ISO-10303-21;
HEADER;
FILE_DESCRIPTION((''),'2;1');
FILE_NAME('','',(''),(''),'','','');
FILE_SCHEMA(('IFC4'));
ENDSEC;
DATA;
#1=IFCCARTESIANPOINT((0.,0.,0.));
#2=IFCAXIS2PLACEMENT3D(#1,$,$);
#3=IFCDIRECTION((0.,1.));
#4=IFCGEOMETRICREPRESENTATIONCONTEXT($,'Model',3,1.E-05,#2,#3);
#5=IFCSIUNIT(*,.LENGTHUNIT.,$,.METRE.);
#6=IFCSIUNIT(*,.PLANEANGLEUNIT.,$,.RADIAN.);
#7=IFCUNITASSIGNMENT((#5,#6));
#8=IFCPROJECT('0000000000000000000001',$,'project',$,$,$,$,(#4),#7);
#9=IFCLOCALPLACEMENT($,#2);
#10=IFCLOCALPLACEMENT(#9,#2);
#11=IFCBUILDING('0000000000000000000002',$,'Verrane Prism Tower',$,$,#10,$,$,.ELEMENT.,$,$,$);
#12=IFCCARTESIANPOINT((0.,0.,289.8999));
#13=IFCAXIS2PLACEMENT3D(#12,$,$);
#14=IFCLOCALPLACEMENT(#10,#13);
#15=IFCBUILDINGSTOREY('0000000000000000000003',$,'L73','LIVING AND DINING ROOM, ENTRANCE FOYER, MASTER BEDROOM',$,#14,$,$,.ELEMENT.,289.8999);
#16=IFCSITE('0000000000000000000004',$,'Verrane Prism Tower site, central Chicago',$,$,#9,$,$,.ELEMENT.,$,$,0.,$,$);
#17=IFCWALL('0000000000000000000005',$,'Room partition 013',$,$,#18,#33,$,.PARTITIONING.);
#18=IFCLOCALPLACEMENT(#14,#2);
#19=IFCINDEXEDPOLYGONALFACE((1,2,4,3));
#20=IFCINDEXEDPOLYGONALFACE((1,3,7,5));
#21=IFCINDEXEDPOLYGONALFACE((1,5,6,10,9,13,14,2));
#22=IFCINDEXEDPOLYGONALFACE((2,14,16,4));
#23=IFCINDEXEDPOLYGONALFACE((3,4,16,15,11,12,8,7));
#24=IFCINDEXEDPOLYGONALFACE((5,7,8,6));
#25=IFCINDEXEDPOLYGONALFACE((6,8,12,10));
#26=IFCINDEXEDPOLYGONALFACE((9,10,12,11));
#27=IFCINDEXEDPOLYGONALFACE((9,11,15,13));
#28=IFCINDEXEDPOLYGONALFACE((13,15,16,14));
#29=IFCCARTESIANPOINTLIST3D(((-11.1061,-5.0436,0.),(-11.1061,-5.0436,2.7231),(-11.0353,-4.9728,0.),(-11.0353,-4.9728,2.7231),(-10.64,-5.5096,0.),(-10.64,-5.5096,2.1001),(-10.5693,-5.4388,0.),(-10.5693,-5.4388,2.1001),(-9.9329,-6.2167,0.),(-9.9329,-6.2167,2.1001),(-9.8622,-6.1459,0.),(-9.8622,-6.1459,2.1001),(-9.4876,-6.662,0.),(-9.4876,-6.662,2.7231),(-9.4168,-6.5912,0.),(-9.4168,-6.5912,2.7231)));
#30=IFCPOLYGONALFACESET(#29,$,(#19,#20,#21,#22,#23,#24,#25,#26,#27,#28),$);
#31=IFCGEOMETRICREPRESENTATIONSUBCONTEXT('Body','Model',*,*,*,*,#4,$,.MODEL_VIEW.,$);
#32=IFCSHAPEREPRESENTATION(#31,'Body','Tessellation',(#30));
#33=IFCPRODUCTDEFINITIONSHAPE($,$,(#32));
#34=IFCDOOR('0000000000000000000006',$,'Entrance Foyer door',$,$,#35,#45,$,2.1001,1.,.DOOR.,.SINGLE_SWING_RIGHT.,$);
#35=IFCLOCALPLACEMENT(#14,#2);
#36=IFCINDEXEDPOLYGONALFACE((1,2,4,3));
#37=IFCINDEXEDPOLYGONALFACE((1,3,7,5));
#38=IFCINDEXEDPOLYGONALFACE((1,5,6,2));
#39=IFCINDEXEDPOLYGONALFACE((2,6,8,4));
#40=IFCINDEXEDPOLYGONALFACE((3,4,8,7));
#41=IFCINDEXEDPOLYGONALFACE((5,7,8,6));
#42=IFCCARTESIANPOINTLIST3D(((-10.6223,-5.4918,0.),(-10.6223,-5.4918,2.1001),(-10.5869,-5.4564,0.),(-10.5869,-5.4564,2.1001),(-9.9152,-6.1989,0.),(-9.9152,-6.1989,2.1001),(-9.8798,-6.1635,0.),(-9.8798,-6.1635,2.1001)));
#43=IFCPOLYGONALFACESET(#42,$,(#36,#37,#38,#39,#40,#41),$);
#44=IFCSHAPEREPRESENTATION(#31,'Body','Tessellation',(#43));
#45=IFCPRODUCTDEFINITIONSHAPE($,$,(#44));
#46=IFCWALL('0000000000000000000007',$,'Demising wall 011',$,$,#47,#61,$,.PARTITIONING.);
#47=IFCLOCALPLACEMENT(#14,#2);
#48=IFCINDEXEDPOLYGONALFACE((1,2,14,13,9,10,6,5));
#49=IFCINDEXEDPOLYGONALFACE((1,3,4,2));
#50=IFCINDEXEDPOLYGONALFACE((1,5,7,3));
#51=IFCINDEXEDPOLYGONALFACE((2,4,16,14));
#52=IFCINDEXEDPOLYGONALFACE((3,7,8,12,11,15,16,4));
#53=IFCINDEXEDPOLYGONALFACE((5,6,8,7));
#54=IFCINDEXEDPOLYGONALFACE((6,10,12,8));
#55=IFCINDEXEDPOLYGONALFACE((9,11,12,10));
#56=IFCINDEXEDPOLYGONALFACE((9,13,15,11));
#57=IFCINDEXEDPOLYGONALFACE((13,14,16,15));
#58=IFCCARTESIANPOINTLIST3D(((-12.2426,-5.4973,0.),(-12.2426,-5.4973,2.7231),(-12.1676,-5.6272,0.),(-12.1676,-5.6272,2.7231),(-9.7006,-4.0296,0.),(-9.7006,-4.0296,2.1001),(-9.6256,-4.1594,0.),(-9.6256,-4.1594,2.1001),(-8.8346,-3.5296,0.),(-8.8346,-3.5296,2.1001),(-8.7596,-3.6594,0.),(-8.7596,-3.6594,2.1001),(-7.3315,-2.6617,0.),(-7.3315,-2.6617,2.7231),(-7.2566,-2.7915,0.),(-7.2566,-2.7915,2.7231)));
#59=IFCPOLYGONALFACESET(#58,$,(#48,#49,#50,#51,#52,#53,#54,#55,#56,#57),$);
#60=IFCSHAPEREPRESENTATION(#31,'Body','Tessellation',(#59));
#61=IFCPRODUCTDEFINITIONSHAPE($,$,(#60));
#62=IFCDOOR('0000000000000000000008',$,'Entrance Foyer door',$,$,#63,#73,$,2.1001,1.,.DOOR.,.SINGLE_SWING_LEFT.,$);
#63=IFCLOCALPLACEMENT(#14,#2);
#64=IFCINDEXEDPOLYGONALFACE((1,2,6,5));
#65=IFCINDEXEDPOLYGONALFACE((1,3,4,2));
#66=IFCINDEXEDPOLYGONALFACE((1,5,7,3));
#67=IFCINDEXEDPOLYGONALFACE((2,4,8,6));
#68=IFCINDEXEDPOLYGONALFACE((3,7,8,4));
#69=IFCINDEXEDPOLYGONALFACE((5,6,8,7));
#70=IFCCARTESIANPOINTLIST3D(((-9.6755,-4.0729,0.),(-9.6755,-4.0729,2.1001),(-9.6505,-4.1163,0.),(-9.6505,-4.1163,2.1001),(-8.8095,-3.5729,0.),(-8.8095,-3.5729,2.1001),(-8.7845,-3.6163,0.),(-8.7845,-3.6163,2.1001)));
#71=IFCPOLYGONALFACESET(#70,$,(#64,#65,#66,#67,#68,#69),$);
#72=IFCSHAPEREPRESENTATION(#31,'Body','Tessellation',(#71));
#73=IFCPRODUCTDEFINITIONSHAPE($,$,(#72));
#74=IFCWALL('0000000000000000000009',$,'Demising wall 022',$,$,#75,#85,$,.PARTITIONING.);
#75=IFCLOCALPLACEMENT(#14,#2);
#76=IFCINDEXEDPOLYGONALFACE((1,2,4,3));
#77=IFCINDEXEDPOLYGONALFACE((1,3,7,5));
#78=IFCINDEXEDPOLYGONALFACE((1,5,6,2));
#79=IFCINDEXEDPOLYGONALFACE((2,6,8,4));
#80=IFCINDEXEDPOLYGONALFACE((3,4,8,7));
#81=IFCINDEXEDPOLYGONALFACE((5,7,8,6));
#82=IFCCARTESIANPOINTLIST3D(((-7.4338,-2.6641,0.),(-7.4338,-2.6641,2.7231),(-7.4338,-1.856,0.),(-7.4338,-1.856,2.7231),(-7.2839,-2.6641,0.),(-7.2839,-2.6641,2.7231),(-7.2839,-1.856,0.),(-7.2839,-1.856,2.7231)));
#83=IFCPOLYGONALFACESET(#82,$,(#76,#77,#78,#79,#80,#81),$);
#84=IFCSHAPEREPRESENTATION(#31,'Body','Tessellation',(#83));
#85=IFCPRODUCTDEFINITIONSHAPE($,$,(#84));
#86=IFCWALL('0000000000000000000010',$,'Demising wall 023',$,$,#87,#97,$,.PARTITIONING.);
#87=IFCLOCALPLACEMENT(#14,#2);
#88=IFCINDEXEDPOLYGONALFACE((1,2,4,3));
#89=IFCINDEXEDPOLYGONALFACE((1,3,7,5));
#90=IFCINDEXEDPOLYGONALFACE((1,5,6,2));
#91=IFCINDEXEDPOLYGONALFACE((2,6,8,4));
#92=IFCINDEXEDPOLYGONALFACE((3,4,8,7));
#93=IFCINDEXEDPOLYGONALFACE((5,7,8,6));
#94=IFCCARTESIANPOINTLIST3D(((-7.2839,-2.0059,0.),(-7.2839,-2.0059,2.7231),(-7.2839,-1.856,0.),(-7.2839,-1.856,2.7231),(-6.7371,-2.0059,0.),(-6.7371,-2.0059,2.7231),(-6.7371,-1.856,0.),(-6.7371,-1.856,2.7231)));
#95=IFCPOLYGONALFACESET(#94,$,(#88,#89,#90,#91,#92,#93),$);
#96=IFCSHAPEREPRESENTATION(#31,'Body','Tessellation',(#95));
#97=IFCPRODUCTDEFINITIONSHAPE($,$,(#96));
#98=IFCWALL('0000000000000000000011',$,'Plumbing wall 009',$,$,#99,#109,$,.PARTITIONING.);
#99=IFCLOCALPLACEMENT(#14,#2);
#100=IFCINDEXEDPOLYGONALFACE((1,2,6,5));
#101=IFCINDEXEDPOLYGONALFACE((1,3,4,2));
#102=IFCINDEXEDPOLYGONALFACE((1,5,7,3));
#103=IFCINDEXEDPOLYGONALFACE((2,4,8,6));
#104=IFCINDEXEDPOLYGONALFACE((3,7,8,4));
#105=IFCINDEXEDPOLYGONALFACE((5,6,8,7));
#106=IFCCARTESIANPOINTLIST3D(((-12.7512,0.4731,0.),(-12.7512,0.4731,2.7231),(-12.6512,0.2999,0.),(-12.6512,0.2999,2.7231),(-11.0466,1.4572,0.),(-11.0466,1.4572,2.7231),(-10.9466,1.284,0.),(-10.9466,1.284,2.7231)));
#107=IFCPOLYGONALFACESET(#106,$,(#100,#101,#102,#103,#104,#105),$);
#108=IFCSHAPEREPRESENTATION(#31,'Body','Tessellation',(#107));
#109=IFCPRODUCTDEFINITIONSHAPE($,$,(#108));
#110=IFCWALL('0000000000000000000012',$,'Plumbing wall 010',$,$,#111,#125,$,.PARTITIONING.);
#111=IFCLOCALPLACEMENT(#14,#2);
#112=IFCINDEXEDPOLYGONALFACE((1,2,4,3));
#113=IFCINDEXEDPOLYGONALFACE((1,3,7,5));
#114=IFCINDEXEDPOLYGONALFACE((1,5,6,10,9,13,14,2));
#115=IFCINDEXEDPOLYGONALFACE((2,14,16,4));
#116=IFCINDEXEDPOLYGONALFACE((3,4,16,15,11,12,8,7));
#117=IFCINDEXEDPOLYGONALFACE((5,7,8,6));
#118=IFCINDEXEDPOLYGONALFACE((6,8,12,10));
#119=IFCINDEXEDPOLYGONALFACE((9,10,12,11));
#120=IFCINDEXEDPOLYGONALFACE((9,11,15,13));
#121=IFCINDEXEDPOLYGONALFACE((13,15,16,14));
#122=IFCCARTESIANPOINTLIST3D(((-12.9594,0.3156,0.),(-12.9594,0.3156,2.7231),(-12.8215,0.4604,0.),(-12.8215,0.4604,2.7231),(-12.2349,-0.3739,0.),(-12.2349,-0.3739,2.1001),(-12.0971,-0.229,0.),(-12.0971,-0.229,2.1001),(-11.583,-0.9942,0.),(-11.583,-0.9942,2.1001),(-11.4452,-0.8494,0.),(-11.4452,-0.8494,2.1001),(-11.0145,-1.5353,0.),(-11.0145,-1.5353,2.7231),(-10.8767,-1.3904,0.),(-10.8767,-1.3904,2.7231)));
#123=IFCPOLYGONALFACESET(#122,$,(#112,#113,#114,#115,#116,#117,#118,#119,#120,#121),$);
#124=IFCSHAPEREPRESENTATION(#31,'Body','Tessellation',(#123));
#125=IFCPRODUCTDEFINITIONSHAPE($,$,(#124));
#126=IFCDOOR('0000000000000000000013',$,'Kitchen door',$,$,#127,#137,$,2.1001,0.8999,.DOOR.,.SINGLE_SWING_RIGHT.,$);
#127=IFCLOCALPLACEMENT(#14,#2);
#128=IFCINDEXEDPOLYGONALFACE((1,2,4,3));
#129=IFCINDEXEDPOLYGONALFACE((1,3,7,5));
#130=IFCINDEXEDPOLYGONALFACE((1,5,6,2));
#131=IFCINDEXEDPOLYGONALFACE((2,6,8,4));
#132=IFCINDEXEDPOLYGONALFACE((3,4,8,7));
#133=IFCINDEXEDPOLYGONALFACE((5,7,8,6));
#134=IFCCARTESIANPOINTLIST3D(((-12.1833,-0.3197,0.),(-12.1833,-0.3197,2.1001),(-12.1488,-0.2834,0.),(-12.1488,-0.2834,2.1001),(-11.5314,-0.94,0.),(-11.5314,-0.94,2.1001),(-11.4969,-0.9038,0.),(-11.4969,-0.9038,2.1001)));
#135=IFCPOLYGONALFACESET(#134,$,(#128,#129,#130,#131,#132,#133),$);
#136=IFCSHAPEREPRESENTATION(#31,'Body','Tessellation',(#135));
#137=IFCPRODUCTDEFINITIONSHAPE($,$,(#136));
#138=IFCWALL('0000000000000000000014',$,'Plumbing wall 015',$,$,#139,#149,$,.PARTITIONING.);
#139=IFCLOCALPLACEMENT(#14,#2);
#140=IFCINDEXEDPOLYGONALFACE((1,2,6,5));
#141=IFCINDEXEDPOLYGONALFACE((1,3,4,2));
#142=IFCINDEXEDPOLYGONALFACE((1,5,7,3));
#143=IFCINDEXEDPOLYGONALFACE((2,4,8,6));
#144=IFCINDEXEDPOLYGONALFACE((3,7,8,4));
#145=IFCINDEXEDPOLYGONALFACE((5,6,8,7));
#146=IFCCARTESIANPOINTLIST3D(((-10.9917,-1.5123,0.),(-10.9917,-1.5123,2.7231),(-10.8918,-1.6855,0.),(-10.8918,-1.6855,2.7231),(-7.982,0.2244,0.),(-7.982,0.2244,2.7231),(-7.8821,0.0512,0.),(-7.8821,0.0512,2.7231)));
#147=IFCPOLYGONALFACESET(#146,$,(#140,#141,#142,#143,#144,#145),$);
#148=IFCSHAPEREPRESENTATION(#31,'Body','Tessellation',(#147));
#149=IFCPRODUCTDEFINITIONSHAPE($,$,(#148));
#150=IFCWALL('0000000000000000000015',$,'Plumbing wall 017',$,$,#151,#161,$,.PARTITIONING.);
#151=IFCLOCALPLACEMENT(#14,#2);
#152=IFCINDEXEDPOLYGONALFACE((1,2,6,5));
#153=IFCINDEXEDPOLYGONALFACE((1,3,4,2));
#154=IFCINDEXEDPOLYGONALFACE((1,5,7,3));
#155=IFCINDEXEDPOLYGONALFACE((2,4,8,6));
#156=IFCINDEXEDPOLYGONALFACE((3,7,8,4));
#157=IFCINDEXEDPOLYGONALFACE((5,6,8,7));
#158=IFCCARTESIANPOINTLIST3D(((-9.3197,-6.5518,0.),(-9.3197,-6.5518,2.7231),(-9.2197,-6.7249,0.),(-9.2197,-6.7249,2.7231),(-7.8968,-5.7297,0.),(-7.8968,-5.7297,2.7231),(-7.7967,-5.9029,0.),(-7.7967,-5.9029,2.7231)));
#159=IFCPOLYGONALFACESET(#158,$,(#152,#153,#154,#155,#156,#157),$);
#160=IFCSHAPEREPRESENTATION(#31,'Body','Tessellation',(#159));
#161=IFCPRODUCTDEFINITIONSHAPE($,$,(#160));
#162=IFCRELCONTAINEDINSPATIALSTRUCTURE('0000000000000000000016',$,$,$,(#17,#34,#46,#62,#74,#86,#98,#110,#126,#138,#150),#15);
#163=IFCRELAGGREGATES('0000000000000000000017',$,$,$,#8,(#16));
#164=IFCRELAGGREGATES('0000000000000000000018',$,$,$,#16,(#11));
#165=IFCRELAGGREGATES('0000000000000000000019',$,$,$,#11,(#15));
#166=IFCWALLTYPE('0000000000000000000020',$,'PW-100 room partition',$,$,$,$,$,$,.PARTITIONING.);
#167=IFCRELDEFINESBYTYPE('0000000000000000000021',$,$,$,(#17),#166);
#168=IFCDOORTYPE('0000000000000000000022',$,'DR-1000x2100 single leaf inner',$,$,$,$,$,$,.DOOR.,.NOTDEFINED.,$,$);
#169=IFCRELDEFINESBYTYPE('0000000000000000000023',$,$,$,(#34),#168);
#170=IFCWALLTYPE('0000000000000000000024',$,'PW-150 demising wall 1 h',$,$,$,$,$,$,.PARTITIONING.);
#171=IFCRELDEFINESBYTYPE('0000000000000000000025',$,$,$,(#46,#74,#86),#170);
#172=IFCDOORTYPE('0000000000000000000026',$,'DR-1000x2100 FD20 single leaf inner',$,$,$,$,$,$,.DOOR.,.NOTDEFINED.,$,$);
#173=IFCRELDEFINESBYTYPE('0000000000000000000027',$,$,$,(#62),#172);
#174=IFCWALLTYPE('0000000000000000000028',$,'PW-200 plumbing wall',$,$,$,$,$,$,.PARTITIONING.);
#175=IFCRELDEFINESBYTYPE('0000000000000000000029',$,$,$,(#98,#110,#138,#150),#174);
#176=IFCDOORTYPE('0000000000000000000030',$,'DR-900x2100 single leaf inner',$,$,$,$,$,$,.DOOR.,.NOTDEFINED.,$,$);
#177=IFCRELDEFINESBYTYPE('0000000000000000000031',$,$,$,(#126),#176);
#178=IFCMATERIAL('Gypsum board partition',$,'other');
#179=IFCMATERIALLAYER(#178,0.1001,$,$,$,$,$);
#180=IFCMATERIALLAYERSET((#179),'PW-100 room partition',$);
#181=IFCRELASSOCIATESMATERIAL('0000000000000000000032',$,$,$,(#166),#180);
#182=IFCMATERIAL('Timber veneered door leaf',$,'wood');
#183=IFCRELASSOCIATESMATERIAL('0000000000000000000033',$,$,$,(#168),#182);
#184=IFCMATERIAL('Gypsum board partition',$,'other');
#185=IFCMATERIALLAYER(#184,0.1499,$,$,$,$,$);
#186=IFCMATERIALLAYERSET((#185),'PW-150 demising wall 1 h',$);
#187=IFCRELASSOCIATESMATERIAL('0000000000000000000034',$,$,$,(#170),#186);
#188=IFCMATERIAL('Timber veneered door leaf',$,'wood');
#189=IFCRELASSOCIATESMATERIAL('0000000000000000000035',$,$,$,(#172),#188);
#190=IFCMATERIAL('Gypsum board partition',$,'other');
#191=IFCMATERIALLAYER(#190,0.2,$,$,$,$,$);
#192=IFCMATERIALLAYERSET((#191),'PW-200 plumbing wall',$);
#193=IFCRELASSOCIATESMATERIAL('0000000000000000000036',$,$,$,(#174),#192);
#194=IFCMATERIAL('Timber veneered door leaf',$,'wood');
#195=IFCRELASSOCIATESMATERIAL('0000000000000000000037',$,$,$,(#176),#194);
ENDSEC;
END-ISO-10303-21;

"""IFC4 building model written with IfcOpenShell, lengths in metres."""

from ifc_helpers import new_model, si_unit, direction, frame, frame_2d, origin, place, context, subcontext, project, spatial, rectangle, extrude, material, layer, layer_set, type_object, element, fill, save


model = new_model("IFC4")

# Units and contexts
model_context = context("Model", 3, precision=1e-05, world=origin(), true_north=direction((0.0, 1.0)))
body_context = subcontext(model_context, "Body", "Model", "MODEL_VIEW")
ifc_project = project(units=[si_unit("LENGTHUNIT", "METRE"), si_unit("PLANEANGLEUNIT", "RADIAN")], contexts=[model_context])

# Site, building, storey
site_placement = place(None, origin())
site = spatial("IfcSite", under=ifc_project, at=site_placement, Name="Verrane Prism Tower site, central Chicago", CompositionType="ELEMENT", RefElevation=0.0)
building_placement = place(site_placement, origin())
building = spatial("IfcBuilding", under=site, at=building_placement, Name="Verrane Prism Tower", CompositionType="ELEMENT")
storey_placement = place(building_placement, frame((0.0, 0.0, 289.8999)))
storey = spatial("IfcBuildingStorey", under=building, at=storey_placement, Name="L73", Description="LIVING AND DINING ROOM, ENTRANCE FOYER, MASTER BEDROOM", CompositionType="ELEMENT", Elevation=289.8999)

# Walls, openings, doors
ifc_material_1 = material(Name="Gypsum board partition", Category="other")
ifc_layer_1 = layer(ifc_material_1, 0.1001)
ifc_layer_set_1 = layer_set([ifc_layer_1], Name="PW-100 room partition")
wall_type_1 = type_object("IfcWallType", Name="PW-100 room partition", PredefinedType="PARTITIONING", material=ifc_layer_set_1)
wall_1_placement = place(storey_placement, frame((-9.4521, -6.6267, 0.0), z_axis=(0.0, 0.0, 1.0), x_axis=(-0.707107, 0.707107, 0.0)))
wall_1 = element("IfcWall", 1, at=wall_1_placement, inside=storey, type_object=wall_type_1, Name="Room partition 013", PredefinedType="PARTITIONING", context=body_context, shape_type="SweptSolid", body=[
    extrude(rectangle(XDim=2.2888, YDim=0.1001, at=frame_2d((1.1445, 0.0))), origin(), (0.0, 0.0, 1.0), 2.7231),
])
opening_1_placement = place(wall_1_placement, frame((0.6299, 0.0, 0.0)))
opening_1 = element("IfcOpeningElement", 2, at=opening_1_placement, cuts=wall_1, PredefinedType="OPENING", context=body_context, shape_type="SweptSolid", body=[
    extrude(rectangle(XDim=1.0, YDim=2.1001, at=frame_2d((0.5, 1.05))), frame((0.0, 0.0601, 0.0), z_axis=(0.0, -1.0, 0.0), x_axis=(1.0, 0.0, 0.0)), (0.0, 0.0, 1.0), 0.1201),
])
ifc_material_2 = material(Name="Timber veneered door leaf", Category="wood")
door_type_1 = type_object("IfcDoorType", Name="DR-1000x2100 single leaf inner", OperationType="NOTDEFINED", PredefinedType="DOOR", material=ifc_material_2)
door_1_placement = place(opening_1_placement, origin())
door_1 = element("IfcDoor", 3, at=door_1_placement, inside=storey, type_object=door_type_1, Name="Entrance Foyer door", OperationType="SINGLE_SWING_RIGHT", OverallHeight=2.1001, OverallWidth=1.0, PredefinedType="DOOR", context=body_context, shape_type="SweptSolid", body=[
    extrude(rectangle(XDim=1.0, YDim=2.1001, at=frame_2d((0.5, 1.05))), frame((0.0, 0.0249, 0.0), z_axis=(0.0, -1.0, 0.0), x_axis=(1.0, 0.0, 0.0)), (0.0, 0.0, 1.0), 0.05),
])
fill(opening_1, door_1)
ifc_material_3 = material(Name="Gypsum board partition", Category="other")
ifc_layer_2 = layer(ifc_material_3, 0.1499)
ifc_layer_set_2 = layer_set([ifc_layer_2], Name="PW-150 demising wall 1 h")
wall_type_2 = type_object("IfcWallType", Name="PW-150 demising wall 1 h", PredefinedType="PARTITIONING", material=ifc_layer_set_2)
wall_2_placement = place(storey_placement, frame((-12.2051, -5.5623, 0.0), z_axis=(0.0, 0.0, 1.0), x_axis=(0.866006, 0.500033, 0.0)))
wall_2 = element("IfcWall", 4, at=wall_2_placement, inside=storey, type_object=wall_type_2, Name="Demising wall 011", PredefinedType="PARTITIONING", context=body_context, shape_type="SweptSolid", body=[
    extrude(rectangle(XDim=5.6709, YDim=0.1499, at=frame_2d((2.8354, 0.0))), origin(), (0.0, 0.0, 1.0), 2.7231),
])
opening_2_placement = place(wall_2_placement, frame((2.9353, 0.0, 0.0)))
opening_2 = element("IfcOpeningElement", 5, at=opening_2_placement, cuts=wall_2, PredefinedType="OPENING", context=body_context, shape_type="SweptSolid", body=[
    extrude(rectangle(XDim=1.0, YDim=2.1001, at=frame_2d((0.5, 1.05))), frame((0.0, 0.085, 0.0), z_axis=(0.0, -1.0, 0.0), x_axis=(1.0, 0.0, 0.0)), (0.0, 0.0, 1.0), 0.1699),
])
ifc_material_4 = material(Name="Timber veneered door leaf", Category="wood")
door_type_2 = type_object("IfcDoorType", Name="DR-1000x2100 FD20 single leaf inner", OperationType="NOTDEFINED", PredefinedType="DOOR", material=ifc_material_4)
door_2_placement = place(opening_2_placement, origin())
door_2 = element("IfcDoor", 6, at=door_2_placement, inside=storey, type_object=door_type_2, Name="Entrance Foyer door", OperationType="SINGLE_SWING_LEFT", OverallHeight=2.1001, OverallWidth=1.0, PredefinedType="DOOR", context=body_context, shape_type="SweptSolid", body=[
    extrude(rectangle(XDim=1.0, YDim=2.1001, at=frame_2d((0.5, 1.05))), frame((0.0, 0.0249, 0.0), z_axis=(0.0, -1.0, 0.0), x_axis=(1.0, 0.0, 0.0)), (0.0, 0.0, 1.0), 0.05),
])
fill(opening_2, door_2)

# Walls
wall_3_placement = place(storey_placement, frame((-7.3589, -2.6641, 0.0), z_axis=(0.0, 0.0, 1.0), x_axis=(0.0, 1.0, 0.0)))
element("IfcWall", 7, at=wall_3_placement, inside=storey, type_object=wall_type_2, Name="Demising wall 022", PredefinedType="PARTITIONING", context=body_context, shape_type="SweptSolid", body=[
    extrude(rectangle(XDim=0.8081, YDim=0.1499, at=frame_2d((0.4041, 0.0))), origin(), (0.0, 0.0, 1.0), 2.7231),
])
wall_4_placement = place(storey_placement, frame((-7.2839, -1.9309, 0.0), z_axis=(0.0, 0.0, 1.0), x_axis=(1.0, 0.0, 0.0)))
element("IfcWall", 8, at=wall_4_placement, inside=storey, type_object=wall_type_2, Name="Demising wall 023", PredefinedType="PARTITIONING", context=body_context, shape_type="SweptSolid", body=[
    extrude(rectangle(XDim=0.5469, YDim=0.1499, at=frame_2d((0.2734, 0.0))), origin(), (0.0, 0.0, 1.0), 2.7231),
])
ifc_material_5 = material(Name="Gypsum board partition", Category="other")
ifc_layer_3 = layer(ifc_material_5, 0.2)
ifc_layer_set_3 = layer_set([ifc_layer_3], Name="PW-200 plumbing wall")
wall_type_3 = type_object("IfcWallType", Name="PW-200 plumbing wall", PredefinedType="PARTITIONING", material=ifc_layer_set_3)
wall_5_placement = place(storey_placement, frame((-12.7012, 0.3865, 0.0), z_axis=(0.0, 0.0, 1.0), x_axis=(0.866029, 0.499994, 0.0)))
element("IfcWall", 9, at=wall_5_placement, inside=storey, type_object=wall_type_3, Name="Plumbing wall 009", PredefinedType="PARTITIONING", context=body_context, shape_type="SweptSolid", body=[
    extrude(rectangle(XDim=1.9683, YDim=0.2, at=frame_2d((0.9841, 0.0))), origin(), (0.0, 0.0, 1.0), 2.7231),
])

# Wall, opening, door
wall_6_placement = place(storey_placement, frame((-12.8904, 0.3879, 0.0), z_axis=(0.0, 0.0, 1.0), x_axis=(0.724395, -0.689385, 0.0)))
wall_6 = element("IfcWall", 10, at=wall_6_placement, inside=storey, type_object=wall_type_3, Name="Plumbing wall 010", PredefinedType="PARTITIONING", context=body_context, shape_type="SweptSolid", body=[
    extrude(rectangle(XDim=2.6848, YDim=0.2, at=frame_2d((1.3423, 0.0))), origin(), (0.0, 0.0, 1.0), 2.7231),
])
opening_3_placement = place(wall_6_placement, frame((1.0, 0.0, 0.0)))
opening_3 = element("IfcOpeningElement", 11, at=opening_3_placement, cuts=wall_6, PredefinedType="OPENING", context=body_context, shape_type="SweptSolid", body=[
    extrude(rectangle(XDim=0.8999, YDim=2.1001, at=frame_2d((0.45, 1.05))), frame((0.0, 0.1099, 0.0), z_axis=(0.0, -1.0, 0.0), x_axis=(1.0, 0.0, 0.0)), (0.0, 0.0, 1.0), 0.22),
])
ifc_material_6 = material(Name="Timber veneered door leaf", Category="wood")
door_type_3 = type_object("IfcDoorType", Name="DR-900x2100 single leaf inner", OperationType="NOTDEFINED", PredefinedType="DOOR", material=ifc_material_6)
door_3_placement = place(opening_3_placement, origin())
door_3 = element("IfcDoor", 12, at=door_3_placement, inside=storey, type_object=door_type_3, Name="Kitchen door", OperationType="SINGLE_SWING_RIGHT", OverallHeight=2.1001, OverallWidth=0.8999, PredefinedType="DOOR", context=body_context, shape_type="SweptSolid", body=[
    extrude(rectangle(XDim=0.8999, YDim=2.1001, at=frame_2d((0.45, 1.05))), frame((0.0, 0.0249, 0.0), z_axis=(0.0, -1.0, 0.0), x_axis=(1.0, 0.0, 0.0)), (0.0, 0.0, 1.0), 0.05),
])
fill(opening_3, door_3)

# Walls
wall_7_placement = place(storey_placement, frame((-10.9417, -1.5989, 0.0), z_axis=(0.0, 0.0, 1.0), x_axis=(0.866134, 0.499812, 0.0)))
element("IfcWall", 13, at=wall_7_placement, inside=storey, type_object=wall_type_3, Name="Plumbing wall 015", PredefinedType="PARTITIONING", context=body_context, shape_type="SweptSolid", body=[
    extrude(rectangle(XDim=3.4749, YDim=0.2, at=frame_2d((1.7373, 0.0))), origin(), (0.0, 0.0, 1.0), 2.7231),
])
wall_8_placement = place(storey_placement, frame((-9.2698, -6.6384, 0.0), z_axis=(0.0, 0.0, 1.0), x_axis=(0.865884, 0.500245, 0.0)))
element("IfcWall", 14, at=wall_8_placement, inside=storey, type_object=wall_type_3, Name="Plumbing wall 017", PredefinedType="PARTITIONING", context=body_context, shape_type="SweptSolid", body=[
    extrude(rectangle(XDim=1.6433, YDim=0.2, at=frame_2d((0.8218, 0.0))), origin(), (0.0, 0.0, 1.0), 2.7231),
])

save(model, "model.ifc")
